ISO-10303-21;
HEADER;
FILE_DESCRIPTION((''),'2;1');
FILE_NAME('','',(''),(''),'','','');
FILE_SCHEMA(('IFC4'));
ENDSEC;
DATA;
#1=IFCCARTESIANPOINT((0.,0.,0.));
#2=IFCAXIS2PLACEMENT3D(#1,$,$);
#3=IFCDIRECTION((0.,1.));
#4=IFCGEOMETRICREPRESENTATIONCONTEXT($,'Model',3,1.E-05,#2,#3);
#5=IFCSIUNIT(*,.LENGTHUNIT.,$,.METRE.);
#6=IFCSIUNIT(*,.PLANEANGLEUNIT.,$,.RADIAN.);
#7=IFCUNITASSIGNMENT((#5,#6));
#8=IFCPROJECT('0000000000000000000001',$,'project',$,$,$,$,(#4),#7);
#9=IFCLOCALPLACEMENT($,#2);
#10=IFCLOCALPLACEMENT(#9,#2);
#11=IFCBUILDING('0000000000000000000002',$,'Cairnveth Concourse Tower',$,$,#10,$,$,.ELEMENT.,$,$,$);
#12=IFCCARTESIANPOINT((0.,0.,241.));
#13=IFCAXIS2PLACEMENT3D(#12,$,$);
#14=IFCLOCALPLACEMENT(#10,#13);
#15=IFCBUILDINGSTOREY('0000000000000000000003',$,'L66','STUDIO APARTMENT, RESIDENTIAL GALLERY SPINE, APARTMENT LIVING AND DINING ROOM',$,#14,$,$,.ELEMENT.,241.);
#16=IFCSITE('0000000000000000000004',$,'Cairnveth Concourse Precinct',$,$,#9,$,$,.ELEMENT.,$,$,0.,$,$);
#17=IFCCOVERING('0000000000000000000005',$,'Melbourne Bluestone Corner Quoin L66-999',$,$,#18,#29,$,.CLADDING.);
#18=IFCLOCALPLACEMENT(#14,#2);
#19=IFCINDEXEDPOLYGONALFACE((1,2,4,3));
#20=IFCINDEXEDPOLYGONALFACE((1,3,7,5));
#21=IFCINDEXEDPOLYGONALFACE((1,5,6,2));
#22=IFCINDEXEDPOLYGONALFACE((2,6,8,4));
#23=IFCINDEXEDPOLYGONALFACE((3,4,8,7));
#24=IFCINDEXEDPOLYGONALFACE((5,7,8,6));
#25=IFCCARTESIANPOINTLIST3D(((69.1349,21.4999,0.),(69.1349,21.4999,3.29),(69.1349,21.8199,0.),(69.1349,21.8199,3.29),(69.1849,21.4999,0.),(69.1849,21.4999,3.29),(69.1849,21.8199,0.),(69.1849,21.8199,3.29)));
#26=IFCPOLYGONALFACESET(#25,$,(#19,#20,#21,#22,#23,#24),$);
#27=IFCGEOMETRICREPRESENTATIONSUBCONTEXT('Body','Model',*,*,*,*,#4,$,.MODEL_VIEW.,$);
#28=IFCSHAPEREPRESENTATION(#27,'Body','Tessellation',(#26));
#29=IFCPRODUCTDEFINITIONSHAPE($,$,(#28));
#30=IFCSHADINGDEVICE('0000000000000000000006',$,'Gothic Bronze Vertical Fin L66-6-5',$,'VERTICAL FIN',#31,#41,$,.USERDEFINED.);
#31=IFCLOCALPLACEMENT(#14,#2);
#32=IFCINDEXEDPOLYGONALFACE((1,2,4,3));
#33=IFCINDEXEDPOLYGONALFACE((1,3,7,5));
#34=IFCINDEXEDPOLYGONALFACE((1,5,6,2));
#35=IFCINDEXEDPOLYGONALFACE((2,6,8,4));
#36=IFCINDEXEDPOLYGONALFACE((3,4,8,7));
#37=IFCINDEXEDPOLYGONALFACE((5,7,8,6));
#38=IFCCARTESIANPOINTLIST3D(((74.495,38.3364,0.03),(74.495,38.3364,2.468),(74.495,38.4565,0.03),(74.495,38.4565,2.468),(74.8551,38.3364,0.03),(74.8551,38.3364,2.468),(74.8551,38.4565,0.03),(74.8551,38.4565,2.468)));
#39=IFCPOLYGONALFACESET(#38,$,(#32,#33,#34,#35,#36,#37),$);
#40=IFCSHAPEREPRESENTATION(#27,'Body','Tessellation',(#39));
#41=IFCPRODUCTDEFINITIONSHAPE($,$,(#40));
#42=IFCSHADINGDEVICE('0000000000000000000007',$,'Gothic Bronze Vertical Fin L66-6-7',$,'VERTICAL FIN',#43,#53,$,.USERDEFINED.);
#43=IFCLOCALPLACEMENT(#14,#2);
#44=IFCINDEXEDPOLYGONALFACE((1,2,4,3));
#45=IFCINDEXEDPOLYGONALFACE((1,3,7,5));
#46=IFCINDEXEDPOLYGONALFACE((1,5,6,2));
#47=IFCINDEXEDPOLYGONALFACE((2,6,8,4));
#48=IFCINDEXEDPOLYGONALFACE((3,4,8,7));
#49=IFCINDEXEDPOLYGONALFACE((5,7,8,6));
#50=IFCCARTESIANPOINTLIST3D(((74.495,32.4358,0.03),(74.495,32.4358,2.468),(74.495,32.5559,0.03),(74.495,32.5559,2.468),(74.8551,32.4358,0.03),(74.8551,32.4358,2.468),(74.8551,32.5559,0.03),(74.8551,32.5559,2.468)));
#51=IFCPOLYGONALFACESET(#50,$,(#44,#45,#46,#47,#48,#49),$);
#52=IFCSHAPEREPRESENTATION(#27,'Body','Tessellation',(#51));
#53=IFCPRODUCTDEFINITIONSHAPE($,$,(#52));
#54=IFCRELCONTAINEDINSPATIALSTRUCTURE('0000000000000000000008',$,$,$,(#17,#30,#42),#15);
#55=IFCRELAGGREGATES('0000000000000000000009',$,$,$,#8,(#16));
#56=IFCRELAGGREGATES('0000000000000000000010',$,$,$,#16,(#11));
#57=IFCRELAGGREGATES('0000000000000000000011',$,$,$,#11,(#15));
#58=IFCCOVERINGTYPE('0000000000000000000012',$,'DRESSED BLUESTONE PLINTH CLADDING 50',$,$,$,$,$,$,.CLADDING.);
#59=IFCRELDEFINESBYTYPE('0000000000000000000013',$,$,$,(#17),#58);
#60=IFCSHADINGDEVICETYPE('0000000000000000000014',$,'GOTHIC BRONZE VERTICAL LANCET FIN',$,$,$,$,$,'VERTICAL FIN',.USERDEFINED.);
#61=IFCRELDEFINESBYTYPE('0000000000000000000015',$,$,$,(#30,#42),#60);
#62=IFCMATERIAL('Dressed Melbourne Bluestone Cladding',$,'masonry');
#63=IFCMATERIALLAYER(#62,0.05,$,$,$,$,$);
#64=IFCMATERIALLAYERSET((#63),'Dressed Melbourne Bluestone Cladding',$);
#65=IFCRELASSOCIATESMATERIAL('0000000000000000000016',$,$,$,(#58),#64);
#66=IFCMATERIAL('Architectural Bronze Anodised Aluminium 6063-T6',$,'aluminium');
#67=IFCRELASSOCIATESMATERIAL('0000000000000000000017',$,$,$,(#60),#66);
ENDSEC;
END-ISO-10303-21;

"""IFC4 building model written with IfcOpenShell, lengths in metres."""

from ifc_helpers import new_model, si_unit, direction, frame, frame_2d, origin, origin_2d, place, context, subcontext, project, spatial, rectangle, extrude, material, layer, layer_set, type_object, element, save


model = new_model("IFC4")

# Units and contexts
model_context = context("Model", 3, precision=1e-05, world=origin(), true_north=direction((0.0, 1.0)))
body_context = subcontext(model_context, "Body", "Model", "MODEL_VIEW")
ifc_project = project(units=[si_unit("LENGTHUNIT", "METRE"), si_unit("PLANEANGLEUNIT", "RADIAN")], contexts=[model_context])

# Site, building, storey
site_placement = place(None, origin())
site = spatial("IfcSite", under=ifc_project, at=site_placement, Name="Cairnveth Concourse Precinct", CompositionType="ELEMENT", RefElevation=0.0)
building_placement = place(site_placement, origin())
building = spatial("IfcBuilding", under=site, at=building_placement, Name="Cairnveth Concourse Tower", CompositionType="ELEMENT")
storey_placement = place(building_placement, frame((0.0, 0.0, 241.0)))
storey = spatial("IfcBuildingStorey", under=building, at=storey_placement, Name="L66", Description="STUDIO APARTMENT, RESIDENTIAL GALLERY SPINE, APARTMENT LIVING AND DINING ROOM", CompositionType="ELEMENT", Elevation=241.0)

# Covering
ifc_material_1 = material(Name="Dressed Melbourne Bluestone Cladding", Category="masonry")
ifc_layer_1 = layer(ifc_material_1, 0.05)
ifc_layer_set_1 = layer_set([ifc_layer_1], Name="Dressed Melbourne Bluestone Cladding")
covering_type = type_object("IfcCoveringType", Name="DRESSED BLUESTONE PLINTH CLADDING 50", PredefinedType="CLADDING", material=ifc_layer_set_1)
for number, where, z_axis, x_axis, name in (
    (1, (69.1599, 21.8201, 0.0), (0.0, 0.0, 1.0), (0.0, -1.0, 0.0), "Melbourne Bluestone Corner Quoin L66-999"),
):
    element("IfcCovering", number, at=place(storey_placement, frame(where, z_axis=z_axis, x_axis=x_axis)), inside=storey, type_object=covering_type, Name=name, PredefinedType="CLADDING", context=body_context, shape_type="SweptSolid", body=[
        extrude(rectangle(XDim=0.3201, YDim=0.05, at=frame_2d((0.1602, 0.0))), origin(), (0.0, 0.0, 1.0), 3.29),
    ])

# Shading devices
ifc_material_2 = material(Name="Architectural Bronze Anodised Aluminium 6063-T6", Category="aluminium")
shading_device_type = type_object("IfcShadingDeviceType", Name="GOTHIC BRONZE VERTICAL LANCET FIN", ElementType="VERTICAL FIN", PredefinedType="USERDEFINED", material=ifc_material_2)
for number, where, z_axis, x_axis, name in (
    (2, (74.675, 38.3965, 0.03), (0.0, 0.0, 1.0), (0.0, 1.0, 0.0), "Gothic Bronze Vertical Fin L66-6-5"),
    (3, (74.675, 32.4958, 0.03), (0.0, 0.0, 1.0), (0.0, 1.0, 0.0), "Gothic Bronze Vertical Fin L66-6-7"),
):
    element("IfcShadingDevice", number, at=place(storey_placement, frame(where, z_axis=z_axis, x_axis=x_axis)), inside=storey, type_object=shading_device_type, Name=name, ObjectType="VERTICAL FIN", PredefinedType="USERDEFINED", context=body_context, shape_type="SweptSolid", body=[
        extrude(rectangle(XDim=0.1201, YDim=0.3601, at=origin_2d()), origin(), (0.0, 0.0, 1.0), 2.438),
    ])

save(model, "model.ifc")
